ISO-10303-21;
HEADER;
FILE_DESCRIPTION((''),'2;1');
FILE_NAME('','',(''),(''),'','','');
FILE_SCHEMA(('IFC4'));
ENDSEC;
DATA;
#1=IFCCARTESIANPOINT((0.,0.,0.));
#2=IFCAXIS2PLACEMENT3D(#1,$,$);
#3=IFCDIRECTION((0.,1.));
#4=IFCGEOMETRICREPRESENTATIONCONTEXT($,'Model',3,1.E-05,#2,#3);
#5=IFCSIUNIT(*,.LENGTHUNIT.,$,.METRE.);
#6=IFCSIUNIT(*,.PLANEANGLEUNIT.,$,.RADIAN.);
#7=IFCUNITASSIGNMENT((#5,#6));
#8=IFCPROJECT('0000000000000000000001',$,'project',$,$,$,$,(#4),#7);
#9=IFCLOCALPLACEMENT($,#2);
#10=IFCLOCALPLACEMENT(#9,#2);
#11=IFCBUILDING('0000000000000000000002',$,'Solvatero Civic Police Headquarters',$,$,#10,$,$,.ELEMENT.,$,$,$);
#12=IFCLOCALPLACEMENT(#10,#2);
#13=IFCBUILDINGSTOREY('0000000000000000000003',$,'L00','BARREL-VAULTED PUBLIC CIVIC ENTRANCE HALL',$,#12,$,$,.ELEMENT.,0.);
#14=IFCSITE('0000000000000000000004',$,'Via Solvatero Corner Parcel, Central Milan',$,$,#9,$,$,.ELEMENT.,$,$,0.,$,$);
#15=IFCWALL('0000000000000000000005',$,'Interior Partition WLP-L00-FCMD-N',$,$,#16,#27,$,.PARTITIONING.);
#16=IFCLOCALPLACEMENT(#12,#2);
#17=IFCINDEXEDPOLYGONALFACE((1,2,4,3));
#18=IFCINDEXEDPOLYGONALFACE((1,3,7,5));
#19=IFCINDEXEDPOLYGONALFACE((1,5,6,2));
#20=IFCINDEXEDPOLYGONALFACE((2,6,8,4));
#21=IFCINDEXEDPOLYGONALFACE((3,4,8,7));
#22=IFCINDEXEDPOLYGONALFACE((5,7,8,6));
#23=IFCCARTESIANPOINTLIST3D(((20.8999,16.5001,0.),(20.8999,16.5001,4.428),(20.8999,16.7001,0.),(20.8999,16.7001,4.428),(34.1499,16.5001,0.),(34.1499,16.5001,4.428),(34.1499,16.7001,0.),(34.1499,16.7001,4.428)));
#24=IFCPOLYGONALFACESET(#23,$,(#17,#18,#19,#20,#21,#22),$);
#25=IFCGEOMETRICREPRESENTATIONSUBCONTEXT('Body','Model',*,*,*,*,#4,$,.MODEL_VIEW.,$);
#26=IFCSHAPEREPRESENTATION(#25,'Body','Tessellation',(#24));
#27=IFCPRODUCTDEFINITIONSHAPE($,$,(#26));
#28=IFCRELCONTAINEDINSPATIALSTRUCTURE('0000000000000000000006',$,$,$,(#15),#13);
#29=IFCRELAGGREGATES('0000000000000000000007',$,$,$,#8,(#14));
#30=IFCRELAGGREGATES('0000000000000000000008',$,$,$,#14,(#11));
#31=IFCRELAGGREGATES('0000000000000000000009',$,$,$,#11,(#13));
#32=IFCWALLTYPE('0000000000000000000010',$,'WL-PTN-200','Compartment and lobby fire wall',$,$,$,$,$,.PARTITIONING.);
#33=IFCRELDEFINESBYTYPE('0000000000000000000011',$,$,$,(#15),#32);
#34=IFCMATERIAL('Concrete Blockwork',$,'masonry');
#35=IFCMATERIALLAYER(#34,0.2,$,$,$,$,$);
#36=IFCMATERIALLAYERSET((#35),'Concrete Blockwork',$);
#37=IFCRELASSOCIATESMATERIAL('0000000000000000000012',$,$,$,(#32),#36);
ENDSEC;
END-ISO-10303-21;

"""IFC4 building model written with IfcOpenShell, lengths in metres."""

from ifc_helpers import new_model, si_unit, direction, frame, frame_2d, origin, place, context, subcontext, project, spatial, rectangle, extrude, material, layer, layer_set, type_object, element, save


model = new_model("IFC4")

# Units and contexts
model_context = context("Model", 3, precision=1e-05, world=origin(), true_north=direction((0.0, 1.0)))
body_context = subcontext(model_context, "Body", "Model", "MODEL_VIEW")
ifc_project = project(units=[si_unit("LENGTHUNIT", "METRE"), si_unit("PLANEANGLEUNIT", "RADIAN")], contexts=[model_context])

# Site, building, storey
site_placement = place(None, origin())
site = spatial("IfcSite", under=ifc_project, at=site_placement, Name="Via Solvatero Corner Parcel, Central Milan", CompositionType="ELEMENT", RefElevation=0.0)
building_placement = place(site_placement, origin())
building = spatial("IfcBuilding", under=site, at=building_placement, Name="Solvatero Civic Police Headquarters", CompositionType="ELEMENT")
storey_placement = place(building_placement, origin())
storey = spatial("IfcBuildingStorey", under=building, at=storey_placement, Name="L00", Description="BARREL-VAULTED PUBLIC CIVIC ENTRANCE HALL", CompositionType="ELEMENT", Elevation=0.0)

# Wall
ifc_material_1 = material(Name="Concrete Blockwork", Category="masonry")
ifc_layer = layer(ifc_material_1, 0.2)
ifc_layer_set = layer_set([ifc_layer], Name="Concrete Blockwork")
wall_type = type_object("IfcWallType", Name="WL-PTN-200", Description="Compartment and lobby fire wall", PredefinedType="PARTITIONING", material=ifc_layer_set)
wall_placement = place(storey_placement, frame((20.8999, 16.6001, 0.0), z_axis=(0.0, 0.0, 1.0), x_axis=(1.0, 0.0, 0.0)))
element("IfcWall", 1, at=wall_placement, inside=storey, type_object=wall_type, Name="Interior Partition WLP-L00-FCMD-N", PredefinedType="PARTITIONING", context=body_context, shape_type="SweptSolid", body=[
    extrude(rectangle(XDim=13.25, YDim=0.2, at=frame_2d((6.625, 0.0))), origin(), (0.0, 0.0, 1.0), 4.428),
])

save(model, "model.ifc")
